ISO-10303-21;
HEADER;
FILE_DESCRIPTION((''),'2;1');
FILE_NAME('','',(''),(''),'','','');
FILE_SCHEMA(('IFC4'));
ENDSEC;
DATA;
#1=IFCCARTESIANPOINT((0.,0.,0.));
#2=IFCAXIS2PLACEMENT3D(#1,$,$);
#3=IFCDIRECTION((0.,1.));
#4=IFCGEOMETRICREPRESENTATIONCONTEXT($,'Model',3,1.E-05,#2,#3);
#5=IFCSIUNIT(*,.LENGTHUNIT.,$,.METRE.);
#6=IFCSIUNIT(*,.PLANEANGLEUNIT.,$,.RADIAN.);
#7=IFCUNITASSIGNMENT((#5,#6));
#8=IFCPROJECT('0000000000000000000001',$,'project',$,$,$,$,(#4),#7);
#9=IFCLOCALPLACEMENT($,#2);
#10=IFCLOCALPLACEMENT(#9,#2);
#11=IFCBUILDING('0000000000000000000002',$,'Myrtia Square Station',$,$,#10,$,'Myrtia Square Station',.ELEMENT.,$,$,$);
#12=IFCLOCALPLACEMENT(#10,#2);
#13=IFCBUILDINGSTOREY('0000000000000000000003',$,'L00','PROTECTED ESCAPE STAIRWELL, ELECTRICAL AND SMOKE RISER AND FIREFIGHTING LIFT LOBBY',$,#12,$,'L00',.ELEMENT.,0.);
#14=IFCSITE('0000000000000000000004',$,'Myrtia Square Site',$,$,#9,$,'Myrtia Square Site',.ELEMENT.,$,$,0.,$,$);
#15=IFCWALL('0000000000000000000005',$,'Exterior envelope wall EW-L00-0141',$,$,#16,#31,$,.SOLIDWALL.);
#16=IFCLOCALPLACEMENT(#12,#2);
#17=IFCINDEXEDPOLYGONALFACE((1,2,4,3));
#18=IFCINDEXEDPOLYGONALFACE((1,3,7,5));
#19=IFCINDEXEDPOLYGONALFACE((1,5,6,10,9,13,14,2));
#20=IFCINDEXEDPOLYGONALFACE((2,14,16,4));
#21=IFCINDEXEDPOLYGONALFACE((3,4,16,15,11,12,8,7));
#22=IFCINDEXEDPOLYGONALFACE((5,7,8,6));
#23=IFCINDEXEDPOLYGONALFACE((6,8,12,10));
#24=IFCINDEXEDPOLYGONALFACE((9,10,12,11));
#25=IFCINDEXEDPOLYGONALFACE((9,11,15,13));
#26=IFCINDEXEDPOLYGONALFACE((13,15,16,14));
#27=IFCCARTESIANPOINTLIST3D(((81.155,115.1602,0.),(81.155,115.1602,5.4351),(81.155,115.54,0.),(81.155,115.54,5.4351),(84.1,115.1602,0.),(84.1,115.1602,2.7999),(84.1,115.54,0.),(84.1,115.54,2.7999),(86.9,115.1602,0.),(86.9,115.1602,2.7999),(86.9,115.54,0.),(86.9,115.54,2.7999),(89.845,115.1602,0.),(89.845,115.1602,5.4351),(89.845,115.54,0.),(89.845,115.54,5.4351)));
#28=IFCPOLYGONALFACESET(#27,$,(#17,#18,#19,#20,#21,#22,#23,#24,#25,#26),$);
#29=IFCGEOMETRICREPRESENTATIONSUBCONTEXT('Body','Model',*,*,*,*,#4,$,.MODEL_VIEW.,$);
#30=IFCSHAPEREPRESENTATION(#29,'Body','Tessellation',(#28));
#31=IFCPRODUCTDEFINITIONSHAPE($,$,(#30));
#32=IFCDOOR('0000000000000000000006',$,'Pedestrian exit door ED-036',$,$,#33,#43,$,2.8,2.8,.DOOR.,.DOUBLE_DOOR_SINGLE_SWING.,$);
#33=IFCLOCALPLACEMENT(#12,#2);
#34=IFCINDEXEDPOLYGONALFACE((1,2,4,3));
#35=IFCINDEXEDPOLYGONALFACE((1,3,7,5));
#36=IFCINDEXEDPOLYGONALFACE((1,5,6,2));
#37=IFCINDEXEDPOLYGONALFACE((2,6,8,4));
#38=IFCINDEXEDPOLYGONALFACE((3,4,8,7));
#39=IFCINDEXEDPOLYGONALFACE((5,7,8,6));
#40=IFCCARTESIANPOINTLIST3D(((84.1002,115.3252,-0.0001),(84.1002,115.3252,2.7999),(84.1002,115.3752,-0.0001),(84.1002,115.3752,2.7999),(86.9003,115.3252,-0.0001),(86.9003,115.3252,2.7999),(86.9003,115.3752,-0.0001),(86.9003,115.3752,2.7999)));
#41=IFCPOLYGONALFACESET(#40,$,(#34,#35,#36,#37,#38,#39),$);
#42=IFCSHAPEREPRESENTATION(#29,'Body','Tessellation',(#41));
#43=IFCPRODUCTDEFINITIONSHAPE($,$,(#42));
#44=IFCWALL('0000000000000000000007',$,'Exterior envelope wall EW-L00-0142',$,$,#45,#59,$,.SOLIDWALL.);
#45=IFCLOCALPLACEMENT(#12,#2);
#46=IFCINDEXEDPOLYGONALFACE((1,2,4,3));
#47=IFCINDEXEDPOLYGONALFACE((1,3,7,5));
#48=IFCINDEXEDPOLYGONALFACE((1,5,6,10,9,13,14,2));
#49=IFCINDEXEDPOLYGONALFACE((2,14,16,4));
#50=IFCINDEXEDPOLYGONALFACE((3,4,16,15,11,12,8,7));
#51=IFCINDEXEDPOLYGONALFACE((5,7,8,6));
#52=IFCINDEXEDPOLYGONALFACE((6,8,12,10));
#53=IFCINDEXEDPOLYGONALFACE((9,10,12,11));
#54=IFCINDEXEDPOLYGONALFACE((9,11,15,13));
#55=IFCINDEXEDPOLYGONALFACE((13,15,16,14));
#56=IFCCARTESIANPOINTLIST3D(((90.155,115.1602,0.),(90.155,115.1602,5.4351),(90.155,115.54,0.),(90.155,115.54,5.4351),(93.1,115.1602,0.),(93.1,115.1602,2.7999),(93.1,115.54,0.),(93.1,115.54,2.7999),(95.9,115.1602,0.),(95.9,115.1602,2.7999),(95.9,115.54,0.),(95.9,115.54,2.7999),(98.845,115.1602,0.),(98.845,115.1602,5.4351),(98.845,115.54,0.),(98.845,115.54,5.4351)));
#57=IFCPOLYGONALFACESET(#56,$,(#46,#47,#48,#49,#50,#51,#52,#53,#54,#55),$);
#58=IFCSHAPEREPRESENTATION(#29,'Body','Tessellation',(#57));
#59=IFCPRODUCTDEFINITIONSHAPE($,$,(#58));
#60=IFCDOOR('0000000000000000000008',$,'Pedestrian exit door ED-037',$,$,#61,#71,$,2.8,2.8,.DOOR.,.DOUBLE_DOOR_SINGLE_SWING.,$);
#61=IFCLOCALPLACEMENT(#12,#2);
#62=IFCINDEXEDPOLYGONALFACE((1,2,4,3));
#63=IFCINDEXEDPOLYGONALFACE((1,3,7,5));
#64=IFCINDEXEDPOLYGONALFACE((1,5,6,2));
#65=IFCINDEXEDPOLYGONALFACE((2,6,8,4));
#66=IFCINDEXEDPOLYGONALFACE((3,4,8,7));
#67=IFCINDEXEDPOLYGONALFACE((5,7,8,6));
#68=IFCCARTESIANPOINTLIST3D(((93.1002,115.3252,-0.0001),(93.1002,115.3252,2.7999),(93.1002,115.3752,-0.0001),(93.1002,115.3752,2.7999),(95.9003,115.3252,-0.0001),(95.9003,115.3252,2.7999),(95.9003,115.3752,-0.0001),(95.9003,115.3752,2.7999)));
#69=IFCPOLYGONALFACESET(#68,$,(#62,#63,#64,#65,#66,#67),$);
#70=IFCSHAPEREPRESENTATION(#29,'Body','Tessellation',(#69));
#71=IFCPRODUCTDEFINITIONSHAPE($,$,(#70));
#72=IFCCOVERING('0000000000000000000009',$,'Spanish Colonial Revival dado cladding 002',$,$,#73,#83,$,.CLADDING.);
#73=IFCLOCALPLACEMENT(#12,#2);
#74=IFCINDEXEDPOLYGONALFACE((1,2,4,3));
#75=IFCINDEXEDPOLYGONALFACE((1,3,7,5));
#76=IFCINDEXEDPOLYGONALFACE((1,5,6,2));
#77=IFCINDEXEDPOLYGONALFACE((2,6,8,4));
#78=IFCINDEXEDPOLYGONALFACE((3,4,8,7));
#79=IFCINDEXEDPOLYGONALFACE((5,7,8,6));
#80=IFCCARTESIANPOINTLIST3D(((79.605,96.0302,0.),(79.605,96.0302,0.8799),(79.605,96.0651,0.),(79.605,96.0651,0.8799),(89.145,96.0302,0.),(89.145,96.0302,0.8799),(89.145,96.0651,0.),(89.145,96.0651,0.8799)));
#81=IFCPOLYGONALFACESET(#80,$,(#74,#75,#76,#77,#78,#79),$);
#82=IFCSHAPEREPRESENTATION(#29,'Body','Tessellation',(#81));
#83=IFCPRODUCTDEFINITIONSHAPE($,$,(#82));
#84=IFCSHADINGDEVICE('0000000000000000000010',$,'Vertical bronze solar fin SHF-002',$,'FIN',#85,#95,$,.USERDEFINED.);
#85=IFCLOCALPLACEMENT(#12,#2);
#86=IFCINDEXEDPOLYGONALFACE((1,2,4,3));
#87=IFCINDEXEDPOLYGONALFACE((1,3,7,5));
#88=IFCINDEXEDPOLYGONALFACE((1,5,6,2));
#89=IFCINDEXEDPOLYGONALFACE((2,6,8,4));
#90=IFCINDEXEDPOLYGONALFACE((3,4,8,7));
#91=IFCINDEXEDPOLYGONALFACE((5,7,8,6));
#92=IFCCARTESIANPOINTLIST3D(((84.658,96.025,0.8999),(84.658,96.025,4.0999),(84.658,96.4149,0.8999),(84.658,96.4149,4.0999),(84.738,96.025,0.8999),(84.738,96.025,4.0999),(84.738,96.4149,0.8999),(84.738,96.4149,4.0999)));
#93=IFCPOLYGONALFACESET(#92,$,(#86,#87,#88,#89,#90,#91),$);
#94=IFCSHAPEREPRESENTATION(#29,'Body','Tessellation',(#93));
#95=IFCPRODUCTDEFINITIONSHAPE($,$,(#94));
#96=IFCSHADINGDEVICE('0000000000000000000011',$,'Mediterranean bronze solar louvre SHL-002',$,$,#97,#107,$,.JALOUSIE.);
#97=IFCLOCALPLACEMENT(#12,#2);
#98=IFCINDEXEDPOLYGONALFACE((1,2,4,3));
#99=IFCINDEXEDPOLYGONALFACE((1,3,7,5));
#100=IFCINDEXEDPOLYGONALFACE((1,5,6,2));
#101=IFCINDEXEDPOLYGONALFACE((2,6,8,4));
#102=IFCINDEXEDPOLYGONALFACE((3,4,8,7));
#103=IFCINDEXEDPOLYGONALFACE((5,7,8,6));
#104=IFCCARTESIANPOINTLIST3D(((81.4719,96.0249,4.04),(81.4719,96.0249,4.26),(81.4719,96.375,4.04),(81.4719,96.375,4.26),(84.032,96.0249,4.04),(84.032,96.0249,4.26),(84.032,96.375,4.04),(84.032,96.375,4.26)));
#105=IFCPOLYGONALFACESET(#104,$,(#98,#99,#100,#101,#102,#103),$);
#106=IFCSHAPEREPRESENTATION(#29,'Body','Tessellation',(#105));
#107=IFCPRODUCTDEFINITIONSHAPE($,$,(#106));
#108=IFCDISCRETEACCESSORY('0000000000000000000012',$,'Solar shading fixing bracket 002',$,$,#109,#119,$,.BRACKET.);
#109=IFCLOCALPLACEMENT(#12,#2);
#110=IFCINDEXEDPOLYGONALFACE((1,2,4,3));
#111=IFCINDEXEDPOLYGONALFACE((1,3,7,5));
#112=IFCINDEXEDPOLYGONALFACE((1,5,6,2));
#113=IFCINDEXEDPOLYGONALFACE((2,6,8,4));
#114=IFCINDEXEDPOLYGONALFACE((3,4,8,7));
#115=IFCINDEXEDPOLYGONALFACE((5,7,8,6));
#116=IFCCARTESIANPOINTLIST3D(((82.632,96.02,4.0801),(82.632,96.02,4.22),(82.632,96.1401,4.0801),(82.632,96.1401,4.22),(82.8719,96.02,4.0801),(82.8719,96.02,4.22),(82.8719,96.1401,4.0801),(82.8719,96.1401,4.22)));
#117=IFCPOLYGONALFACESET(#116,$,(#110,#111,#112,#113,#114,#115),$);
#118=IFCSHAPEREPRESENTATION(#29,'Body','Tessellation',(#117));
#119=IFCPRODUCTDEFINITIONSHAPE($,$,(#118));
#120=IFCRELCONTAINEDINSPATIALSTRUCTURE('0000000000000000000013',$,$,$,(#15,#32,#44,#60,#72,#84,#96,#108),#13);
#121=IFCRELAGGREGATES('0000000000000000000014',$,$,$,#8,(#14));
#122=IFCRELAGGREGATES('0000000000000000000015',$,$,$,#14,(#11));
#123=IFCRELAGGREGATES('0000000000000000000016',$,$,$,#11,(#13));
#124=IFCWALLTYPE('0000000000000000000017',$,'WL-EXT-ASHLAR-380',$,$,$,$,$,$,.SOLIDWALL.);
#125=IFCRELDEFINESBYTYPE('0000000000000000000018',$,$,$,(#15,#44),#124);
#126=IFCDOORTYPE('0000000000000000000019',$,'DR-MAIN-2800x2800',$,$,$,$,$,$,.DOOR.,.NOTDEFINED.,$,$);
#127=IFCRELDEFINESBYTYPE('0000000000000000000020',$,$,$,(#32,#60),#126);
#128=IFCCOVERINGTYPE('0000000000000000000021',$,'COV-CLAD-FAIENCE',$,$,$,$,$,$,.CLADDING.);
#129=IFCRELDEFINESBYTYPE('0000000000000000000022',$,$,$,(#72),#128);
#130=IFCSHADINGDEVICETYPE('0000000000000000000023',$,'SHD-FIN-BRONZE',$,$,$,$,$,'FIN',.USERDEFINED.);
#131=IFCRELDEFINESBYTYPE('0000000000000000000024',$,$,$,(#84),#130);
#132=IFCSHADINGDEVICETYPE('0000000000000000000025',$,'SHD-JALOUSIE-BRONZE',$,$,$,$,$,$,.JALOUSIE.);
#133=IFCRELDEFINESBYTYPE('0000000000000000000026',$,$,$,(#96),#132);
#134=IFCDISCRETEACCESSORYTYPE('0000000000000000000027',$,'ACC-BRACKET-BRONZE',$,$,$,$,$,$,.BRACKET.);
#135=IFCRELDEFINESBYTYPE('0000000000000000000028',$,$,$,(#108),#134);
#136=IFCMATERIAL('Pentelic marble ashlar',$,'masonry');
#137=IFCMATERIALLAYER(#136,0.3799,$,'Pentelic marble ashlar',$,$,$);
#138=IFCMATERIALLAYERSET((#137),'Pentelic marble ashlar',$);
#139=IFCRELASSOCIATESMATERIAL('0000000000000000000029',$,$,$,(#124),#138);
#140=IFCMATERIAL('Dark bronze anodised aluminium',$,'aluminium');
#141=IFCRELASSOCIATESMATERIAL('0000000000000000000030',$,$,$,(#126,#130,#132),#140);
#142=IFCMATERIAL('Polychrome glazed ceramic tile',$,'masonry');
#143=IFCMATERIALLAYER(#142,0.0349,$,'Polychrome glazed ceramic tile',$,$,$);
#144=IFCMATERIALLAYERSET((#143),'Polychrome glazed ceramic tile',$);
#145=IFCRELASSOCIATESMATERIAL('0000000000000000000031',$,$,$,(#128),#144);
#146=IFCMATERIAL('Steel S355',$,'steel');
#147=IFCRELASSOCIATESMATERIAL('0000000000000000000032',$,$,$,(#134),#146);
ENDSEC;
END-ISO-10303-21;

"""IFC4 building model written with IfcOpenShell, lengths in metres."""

from ifc_helpers import new_model, si_unit, direction, frame, frame_2d, origin, origin_2d, place, context, subcontext, project, spatial, rectangle, extrude, material, layer, layer_set, type_object, element, fill, save


model = new_model("IFC4")

# Units and contexts
model_context = context("Model", 3, precision=1e-05, world=origin(), true_north=direction((0.0, 1.0)))
body_context = subcontext(model_context, "Body", "Model", "MODEL_VIEW")
ifc_project = project(units=[si_unit("LENGTHUNIT", "METRE"), si_unit("PLANEANGLEUNIT", "RADIAN")], contexts=[model_context])

# Site, building, storey
site_placement = place(None, origin())
site = spatial("IfcSite", under=ifc_project, at=site_placement, Name="Myrtia Square Site", LongName="Myrtia Square Site", CompositionType="ELEMENT", RefElevation=0.0)
building_placement = place(site_placement, origin())
building = spatial("IfcBuilding", under=site, at=building_placement, Name="Myrtia Square Station", LongName="Myrtia Square Station", CompositionType="ELEMENT")
storey_placement = place(building_placement, origin())
storey = spatial("IfcBuildingStorey", under=building, at=storey_placement, Name="L00", Description="PROTECTED ESCAPE STAIRWELL, ELECTRICAL AND SMOKE RISER AND FIREFIGHTING LIFT LOBBY", LongName="L00", CompositionType="ELEMENT", Elevation=0.0)

# Shared definitions
ifc_material_1 = material(Name="Steel S355", Category="steel")

# Shared definitions
ifc_material_2 = material(Name="Dark bronze anodised aluminium", Category="aluminium")

# Walls, openings, doors
ifc_material_3 = material(Name="Pentelic marble ashlar", Category="masonry")
ifc_layer_1 = layer(ifc_material_3, 0.3799, Name="Pentelic marble ashlar")
ifc_layer_set_1 = layer_set([ifc_layer_1], Name="Pentelic marble ashlar")
wall_type = type_object("IfcWallType", Name="WL-EXT-ASHLAR-380", PredefinedType="SOLIDWALL", material=ifc_layer_set_1)
wall_1_placement = place(storey_placement, frame((81.155, 115.3501, 0.0), z_axis=(0.0, 0.0, 1.0), x_axis=(1.0, 0.0, 0.0)))
wall_1 = element("IfcWall", 1, at=wall_1_placement, inside=storey, type_object=wall_type, Name="Exterior envelope wall EW-L00-0141", PredefinedType="SOLIDWALL", context=body_context, shape_type="SweptSolid", body=[
    extrude(rectangle(XDim=8.6899, YDim=0.3799, at=frame_2d((4.345, 0.0))), origin(), (0.0, 0.0, 1.0), 5.4351),
])
opening_1_placement = place(wall_1_placement, frame((2.9451, 0.0, 0.0)))
opening_1 = element("IfcOpeningElement", 2, at=opening_1_placement, cuts=wall_1, PredefinedType="OPENING", context=body_context, shape_type="SweptSolid", body=[
    extrude(rectangle(XDim=2.8, YDim=2.8, at=frame_2d((1.3999, 1.3999))), frame((0.0, 0.2048, 0.0), z_axis=(0.0, -1.0, 0.0), x_axis=(1.0, 0.0, 0.0)), (0.0, 0.0, 1.0), 0.4099),
])
door_type_1 = type_object("IfcDoorType", Name="DR-MAIN-2800x2800", OperationType="NOTDEFINED", PredefinedType="DOOR", material=ifc_material_2)
door_1_placement = place(opening_1_placement, frame((2.8, 0.0, 0.0), z_axis=(0.0, 0.0, 1.0), x_axis=(-1.0, 0.0, 0.0)))
door_1 = element("IfcDoor", 3, at=door_1_placement, inside=storey, type_object=door_type_1, Name="Pedestrian exit door ED-036", OperationType="DOUBLE_DOOR_SINGLE_SWING", OverallHeight=2.8, OverallWidth=2.8, PredefinedType="DOOR", context=body_context, shape_type="SweptSolid", body=[
    extrude(rectangle(XDim=2.8, YDim=2.8, at=frame_2d((1.3999, 1.3999))), frame((0.0, 0.0249, 0.0), z_axis=(0.0, -1.0, 0.0), x_axis=(1.0, 0.0, 0.0)), (0.0, 0.0, 1.0), 0.05),
])
fill(opening_1, door_1)
wall_2_placement = place(storey_placement, frame((90.155, 115.3501, 0.0), z_axis=(0.0, 0.0, 1.0), x_axis=(1.0, 0.0, 0.0)))
wall_2 = element("IfcWall", 4, at=wall_2_placement, inside=storey, type_object=wall_type, Name="Exterior envelope wall EW-L00-0142", PredefinedType="SOLIDWALL", context=body_context, shape_type="SweptSolid", body=[
    extrude(rectangle(XDim=8.6899, YDim=0.3799, at=frame_2d((4.345, 0.0))), origin(), (0.0, 0.0, 1.0), 5.4351),
])
opening_2_placement = place(wall_2_placement, frame((2.9451, 0.0, 0.0)))
opening_2 = element("IfcOpeningElement", 5, at=opening_2_placement, cuts=wall_2, PredefinedType="OPENING", context=body_context, shape_type="SweptSolid", body=[
    extrude(rectangle(XDim=2.8, YDim=2.8, at=frame_2d((1.3999, 1.3999))), frame((0.0, 0.2048, 0.0), z_axis=(0.0, -1.0, 0.0), x_axis=(1.0, 0.0, 0.0)), (0.0, 0.0, 1.0), 0.4099),
])
door_2_placement = place(opening_2_placement, frame((2.8, 0.0, 0.0), z_axis=(0.0, 0.0, 1.0), x_axis=(-1.0, 0.0, 0.0)))
door_2 = element("IfcDoor", 6, at=door_2_placement, inside=storey, type_object=door_type_1, Name="Pedestrian exit door ED-037", OperationType="DOUBLE_DOOR_SINGLE_SWING", OverallHeight=2.8, OverallWidth=2.8, PredefinedType="DOOR", context=body_context, shape_type="SweptSolid", body=[
    extrude(rectangle(XDim=2.8, YDim=2.8, at=frame_2d((1.3999, 1.3999))), frame((0.0, 0.0249, 0.0), z_axis=(0.0, -1.0, 0.0), x_axis=(1.0, 0.0, 0.0)), (0.0, 0.0, 1.0), 0.05),
])
fill(opening_2, door_2)

# Covering
ifc_material_4 = material(Name="Polychrome glazed ceramic tile", Category="masonry")
ifc_layer_2 = layer(ifc_material_4, 0.0349, Name="Polychrome glazed ceramic tile")
ifc_layer_set_2 = layer_set([ifc_layer_2], Name="Polychrome glazed ceramic tile")
covering_type = type_object("IfcCoveringType", Name="COV-CLAD-FAIENCE", PredefinedType="CLADDING", material=ifc_layer_set_2)
covering_placement = place(storey_placement, frame((84.375, 96.0476, 0.0), z_axis=(0.0, 0.0, 1.0), x_axis=(1.0, 0.0, 0.0)))
element("IfcCovering", 7, at=covering_placement, inside=storey, type_object=covering_type, Name="Spanish Colonial Revival dado cladding 002", PredefinedType="CLADDING", context=body_context, shape_type="SweptSolid", body=[
    extrude(rectangle(XDim=9.54, YDim=0.0349, at=origin_2d()), origin(), (0.0, 0.0, 1.0), 0.8799),
])

# Shading devices
shading_device_type_1 = type_object("IfcShadingDeviceType", Name="SHD-FIN-BRONZE", ElementType="FIN", PredefinedType="USERDEFINED", material=ifc_material_2)
shading_device_1_placement = place(storey_placement, frame((84.698, 96.22, 0.8999), z_axis=(0.0, 0.0, 1.0), x_axis=(1.0, 0.0, 0.0)))
element("IfcShadingDevice", 8, at=shading_device_1_placement, inside=storey, type_object=shading_device_type_1, Name="Vertical bronze solar fin SHF-002", ObjectType="FIN", PredefinedType="USERDEFINED", context=body_context, shape_type="SweptSolid", body=[
    extrude(rectangle(XDim=0.0801, YDim=0.3899, at=origin_2d()), origin(), (0.0, 0.0, 1.0), 3.2),
])
shading_device_type_2 = type_object("IfcShadingDeviceType", Name="SHD-JALOUSIE-BRONZE", PredefinedType="JALOUSIE", material=ifc_material_2)
shading_device_2_placement = place(storey_placement, frame((82.752, 96.2, 4.04), z_axis=(0.0, 0.0, 1.0), x_axis=(1.0, 0.0, 0.0)))
element("IfcShadingDevice", 9, at=shading_device_2_placement, inside=storey, type_object=shading_device_type_2, Name="Mediterranean bronze solar louvre SHL-002", PredefinedType="JALOUSIE", context=body_context, shape_type="SweptSolid", body=[
    extrude(rectangle(XDim=2.5601, YDim=0.3501, at=origin_2d()), origin(), (0.0, 0.0, 1.0), 0.22),
])

# Discrete accessory
discrete_accessory_type = type_object("IfcDiscreteAccessoryType", Name="ACC-BRACKET-BRONZE", PredefinedType="BRACKET", material=ifc_material_1)
discrete_accessory_placement = place(storey_placement, frame((82.752, 96.0801, 4.0801), z_axis=(0.0, 0.0, 1.0), x_axis=(1.0, 0.0, 0.0)))
element("IfcDiscreteAccessory", 10, at=discrete_accessory_placement, inside=storey, type_object=discrete_accessory_type, Name="Solar shading fixing bracket 002", PredefinedType="BRACKET", context=body_context, shape_type="SweptSolid", body=[
    extrude(rectangle(XDim=0.24, YDim=0.1201, at=origin_2d()), origin(), (0.0, 0.0, 1.0), 0.1399),
])

save(model, "model.ifc")
